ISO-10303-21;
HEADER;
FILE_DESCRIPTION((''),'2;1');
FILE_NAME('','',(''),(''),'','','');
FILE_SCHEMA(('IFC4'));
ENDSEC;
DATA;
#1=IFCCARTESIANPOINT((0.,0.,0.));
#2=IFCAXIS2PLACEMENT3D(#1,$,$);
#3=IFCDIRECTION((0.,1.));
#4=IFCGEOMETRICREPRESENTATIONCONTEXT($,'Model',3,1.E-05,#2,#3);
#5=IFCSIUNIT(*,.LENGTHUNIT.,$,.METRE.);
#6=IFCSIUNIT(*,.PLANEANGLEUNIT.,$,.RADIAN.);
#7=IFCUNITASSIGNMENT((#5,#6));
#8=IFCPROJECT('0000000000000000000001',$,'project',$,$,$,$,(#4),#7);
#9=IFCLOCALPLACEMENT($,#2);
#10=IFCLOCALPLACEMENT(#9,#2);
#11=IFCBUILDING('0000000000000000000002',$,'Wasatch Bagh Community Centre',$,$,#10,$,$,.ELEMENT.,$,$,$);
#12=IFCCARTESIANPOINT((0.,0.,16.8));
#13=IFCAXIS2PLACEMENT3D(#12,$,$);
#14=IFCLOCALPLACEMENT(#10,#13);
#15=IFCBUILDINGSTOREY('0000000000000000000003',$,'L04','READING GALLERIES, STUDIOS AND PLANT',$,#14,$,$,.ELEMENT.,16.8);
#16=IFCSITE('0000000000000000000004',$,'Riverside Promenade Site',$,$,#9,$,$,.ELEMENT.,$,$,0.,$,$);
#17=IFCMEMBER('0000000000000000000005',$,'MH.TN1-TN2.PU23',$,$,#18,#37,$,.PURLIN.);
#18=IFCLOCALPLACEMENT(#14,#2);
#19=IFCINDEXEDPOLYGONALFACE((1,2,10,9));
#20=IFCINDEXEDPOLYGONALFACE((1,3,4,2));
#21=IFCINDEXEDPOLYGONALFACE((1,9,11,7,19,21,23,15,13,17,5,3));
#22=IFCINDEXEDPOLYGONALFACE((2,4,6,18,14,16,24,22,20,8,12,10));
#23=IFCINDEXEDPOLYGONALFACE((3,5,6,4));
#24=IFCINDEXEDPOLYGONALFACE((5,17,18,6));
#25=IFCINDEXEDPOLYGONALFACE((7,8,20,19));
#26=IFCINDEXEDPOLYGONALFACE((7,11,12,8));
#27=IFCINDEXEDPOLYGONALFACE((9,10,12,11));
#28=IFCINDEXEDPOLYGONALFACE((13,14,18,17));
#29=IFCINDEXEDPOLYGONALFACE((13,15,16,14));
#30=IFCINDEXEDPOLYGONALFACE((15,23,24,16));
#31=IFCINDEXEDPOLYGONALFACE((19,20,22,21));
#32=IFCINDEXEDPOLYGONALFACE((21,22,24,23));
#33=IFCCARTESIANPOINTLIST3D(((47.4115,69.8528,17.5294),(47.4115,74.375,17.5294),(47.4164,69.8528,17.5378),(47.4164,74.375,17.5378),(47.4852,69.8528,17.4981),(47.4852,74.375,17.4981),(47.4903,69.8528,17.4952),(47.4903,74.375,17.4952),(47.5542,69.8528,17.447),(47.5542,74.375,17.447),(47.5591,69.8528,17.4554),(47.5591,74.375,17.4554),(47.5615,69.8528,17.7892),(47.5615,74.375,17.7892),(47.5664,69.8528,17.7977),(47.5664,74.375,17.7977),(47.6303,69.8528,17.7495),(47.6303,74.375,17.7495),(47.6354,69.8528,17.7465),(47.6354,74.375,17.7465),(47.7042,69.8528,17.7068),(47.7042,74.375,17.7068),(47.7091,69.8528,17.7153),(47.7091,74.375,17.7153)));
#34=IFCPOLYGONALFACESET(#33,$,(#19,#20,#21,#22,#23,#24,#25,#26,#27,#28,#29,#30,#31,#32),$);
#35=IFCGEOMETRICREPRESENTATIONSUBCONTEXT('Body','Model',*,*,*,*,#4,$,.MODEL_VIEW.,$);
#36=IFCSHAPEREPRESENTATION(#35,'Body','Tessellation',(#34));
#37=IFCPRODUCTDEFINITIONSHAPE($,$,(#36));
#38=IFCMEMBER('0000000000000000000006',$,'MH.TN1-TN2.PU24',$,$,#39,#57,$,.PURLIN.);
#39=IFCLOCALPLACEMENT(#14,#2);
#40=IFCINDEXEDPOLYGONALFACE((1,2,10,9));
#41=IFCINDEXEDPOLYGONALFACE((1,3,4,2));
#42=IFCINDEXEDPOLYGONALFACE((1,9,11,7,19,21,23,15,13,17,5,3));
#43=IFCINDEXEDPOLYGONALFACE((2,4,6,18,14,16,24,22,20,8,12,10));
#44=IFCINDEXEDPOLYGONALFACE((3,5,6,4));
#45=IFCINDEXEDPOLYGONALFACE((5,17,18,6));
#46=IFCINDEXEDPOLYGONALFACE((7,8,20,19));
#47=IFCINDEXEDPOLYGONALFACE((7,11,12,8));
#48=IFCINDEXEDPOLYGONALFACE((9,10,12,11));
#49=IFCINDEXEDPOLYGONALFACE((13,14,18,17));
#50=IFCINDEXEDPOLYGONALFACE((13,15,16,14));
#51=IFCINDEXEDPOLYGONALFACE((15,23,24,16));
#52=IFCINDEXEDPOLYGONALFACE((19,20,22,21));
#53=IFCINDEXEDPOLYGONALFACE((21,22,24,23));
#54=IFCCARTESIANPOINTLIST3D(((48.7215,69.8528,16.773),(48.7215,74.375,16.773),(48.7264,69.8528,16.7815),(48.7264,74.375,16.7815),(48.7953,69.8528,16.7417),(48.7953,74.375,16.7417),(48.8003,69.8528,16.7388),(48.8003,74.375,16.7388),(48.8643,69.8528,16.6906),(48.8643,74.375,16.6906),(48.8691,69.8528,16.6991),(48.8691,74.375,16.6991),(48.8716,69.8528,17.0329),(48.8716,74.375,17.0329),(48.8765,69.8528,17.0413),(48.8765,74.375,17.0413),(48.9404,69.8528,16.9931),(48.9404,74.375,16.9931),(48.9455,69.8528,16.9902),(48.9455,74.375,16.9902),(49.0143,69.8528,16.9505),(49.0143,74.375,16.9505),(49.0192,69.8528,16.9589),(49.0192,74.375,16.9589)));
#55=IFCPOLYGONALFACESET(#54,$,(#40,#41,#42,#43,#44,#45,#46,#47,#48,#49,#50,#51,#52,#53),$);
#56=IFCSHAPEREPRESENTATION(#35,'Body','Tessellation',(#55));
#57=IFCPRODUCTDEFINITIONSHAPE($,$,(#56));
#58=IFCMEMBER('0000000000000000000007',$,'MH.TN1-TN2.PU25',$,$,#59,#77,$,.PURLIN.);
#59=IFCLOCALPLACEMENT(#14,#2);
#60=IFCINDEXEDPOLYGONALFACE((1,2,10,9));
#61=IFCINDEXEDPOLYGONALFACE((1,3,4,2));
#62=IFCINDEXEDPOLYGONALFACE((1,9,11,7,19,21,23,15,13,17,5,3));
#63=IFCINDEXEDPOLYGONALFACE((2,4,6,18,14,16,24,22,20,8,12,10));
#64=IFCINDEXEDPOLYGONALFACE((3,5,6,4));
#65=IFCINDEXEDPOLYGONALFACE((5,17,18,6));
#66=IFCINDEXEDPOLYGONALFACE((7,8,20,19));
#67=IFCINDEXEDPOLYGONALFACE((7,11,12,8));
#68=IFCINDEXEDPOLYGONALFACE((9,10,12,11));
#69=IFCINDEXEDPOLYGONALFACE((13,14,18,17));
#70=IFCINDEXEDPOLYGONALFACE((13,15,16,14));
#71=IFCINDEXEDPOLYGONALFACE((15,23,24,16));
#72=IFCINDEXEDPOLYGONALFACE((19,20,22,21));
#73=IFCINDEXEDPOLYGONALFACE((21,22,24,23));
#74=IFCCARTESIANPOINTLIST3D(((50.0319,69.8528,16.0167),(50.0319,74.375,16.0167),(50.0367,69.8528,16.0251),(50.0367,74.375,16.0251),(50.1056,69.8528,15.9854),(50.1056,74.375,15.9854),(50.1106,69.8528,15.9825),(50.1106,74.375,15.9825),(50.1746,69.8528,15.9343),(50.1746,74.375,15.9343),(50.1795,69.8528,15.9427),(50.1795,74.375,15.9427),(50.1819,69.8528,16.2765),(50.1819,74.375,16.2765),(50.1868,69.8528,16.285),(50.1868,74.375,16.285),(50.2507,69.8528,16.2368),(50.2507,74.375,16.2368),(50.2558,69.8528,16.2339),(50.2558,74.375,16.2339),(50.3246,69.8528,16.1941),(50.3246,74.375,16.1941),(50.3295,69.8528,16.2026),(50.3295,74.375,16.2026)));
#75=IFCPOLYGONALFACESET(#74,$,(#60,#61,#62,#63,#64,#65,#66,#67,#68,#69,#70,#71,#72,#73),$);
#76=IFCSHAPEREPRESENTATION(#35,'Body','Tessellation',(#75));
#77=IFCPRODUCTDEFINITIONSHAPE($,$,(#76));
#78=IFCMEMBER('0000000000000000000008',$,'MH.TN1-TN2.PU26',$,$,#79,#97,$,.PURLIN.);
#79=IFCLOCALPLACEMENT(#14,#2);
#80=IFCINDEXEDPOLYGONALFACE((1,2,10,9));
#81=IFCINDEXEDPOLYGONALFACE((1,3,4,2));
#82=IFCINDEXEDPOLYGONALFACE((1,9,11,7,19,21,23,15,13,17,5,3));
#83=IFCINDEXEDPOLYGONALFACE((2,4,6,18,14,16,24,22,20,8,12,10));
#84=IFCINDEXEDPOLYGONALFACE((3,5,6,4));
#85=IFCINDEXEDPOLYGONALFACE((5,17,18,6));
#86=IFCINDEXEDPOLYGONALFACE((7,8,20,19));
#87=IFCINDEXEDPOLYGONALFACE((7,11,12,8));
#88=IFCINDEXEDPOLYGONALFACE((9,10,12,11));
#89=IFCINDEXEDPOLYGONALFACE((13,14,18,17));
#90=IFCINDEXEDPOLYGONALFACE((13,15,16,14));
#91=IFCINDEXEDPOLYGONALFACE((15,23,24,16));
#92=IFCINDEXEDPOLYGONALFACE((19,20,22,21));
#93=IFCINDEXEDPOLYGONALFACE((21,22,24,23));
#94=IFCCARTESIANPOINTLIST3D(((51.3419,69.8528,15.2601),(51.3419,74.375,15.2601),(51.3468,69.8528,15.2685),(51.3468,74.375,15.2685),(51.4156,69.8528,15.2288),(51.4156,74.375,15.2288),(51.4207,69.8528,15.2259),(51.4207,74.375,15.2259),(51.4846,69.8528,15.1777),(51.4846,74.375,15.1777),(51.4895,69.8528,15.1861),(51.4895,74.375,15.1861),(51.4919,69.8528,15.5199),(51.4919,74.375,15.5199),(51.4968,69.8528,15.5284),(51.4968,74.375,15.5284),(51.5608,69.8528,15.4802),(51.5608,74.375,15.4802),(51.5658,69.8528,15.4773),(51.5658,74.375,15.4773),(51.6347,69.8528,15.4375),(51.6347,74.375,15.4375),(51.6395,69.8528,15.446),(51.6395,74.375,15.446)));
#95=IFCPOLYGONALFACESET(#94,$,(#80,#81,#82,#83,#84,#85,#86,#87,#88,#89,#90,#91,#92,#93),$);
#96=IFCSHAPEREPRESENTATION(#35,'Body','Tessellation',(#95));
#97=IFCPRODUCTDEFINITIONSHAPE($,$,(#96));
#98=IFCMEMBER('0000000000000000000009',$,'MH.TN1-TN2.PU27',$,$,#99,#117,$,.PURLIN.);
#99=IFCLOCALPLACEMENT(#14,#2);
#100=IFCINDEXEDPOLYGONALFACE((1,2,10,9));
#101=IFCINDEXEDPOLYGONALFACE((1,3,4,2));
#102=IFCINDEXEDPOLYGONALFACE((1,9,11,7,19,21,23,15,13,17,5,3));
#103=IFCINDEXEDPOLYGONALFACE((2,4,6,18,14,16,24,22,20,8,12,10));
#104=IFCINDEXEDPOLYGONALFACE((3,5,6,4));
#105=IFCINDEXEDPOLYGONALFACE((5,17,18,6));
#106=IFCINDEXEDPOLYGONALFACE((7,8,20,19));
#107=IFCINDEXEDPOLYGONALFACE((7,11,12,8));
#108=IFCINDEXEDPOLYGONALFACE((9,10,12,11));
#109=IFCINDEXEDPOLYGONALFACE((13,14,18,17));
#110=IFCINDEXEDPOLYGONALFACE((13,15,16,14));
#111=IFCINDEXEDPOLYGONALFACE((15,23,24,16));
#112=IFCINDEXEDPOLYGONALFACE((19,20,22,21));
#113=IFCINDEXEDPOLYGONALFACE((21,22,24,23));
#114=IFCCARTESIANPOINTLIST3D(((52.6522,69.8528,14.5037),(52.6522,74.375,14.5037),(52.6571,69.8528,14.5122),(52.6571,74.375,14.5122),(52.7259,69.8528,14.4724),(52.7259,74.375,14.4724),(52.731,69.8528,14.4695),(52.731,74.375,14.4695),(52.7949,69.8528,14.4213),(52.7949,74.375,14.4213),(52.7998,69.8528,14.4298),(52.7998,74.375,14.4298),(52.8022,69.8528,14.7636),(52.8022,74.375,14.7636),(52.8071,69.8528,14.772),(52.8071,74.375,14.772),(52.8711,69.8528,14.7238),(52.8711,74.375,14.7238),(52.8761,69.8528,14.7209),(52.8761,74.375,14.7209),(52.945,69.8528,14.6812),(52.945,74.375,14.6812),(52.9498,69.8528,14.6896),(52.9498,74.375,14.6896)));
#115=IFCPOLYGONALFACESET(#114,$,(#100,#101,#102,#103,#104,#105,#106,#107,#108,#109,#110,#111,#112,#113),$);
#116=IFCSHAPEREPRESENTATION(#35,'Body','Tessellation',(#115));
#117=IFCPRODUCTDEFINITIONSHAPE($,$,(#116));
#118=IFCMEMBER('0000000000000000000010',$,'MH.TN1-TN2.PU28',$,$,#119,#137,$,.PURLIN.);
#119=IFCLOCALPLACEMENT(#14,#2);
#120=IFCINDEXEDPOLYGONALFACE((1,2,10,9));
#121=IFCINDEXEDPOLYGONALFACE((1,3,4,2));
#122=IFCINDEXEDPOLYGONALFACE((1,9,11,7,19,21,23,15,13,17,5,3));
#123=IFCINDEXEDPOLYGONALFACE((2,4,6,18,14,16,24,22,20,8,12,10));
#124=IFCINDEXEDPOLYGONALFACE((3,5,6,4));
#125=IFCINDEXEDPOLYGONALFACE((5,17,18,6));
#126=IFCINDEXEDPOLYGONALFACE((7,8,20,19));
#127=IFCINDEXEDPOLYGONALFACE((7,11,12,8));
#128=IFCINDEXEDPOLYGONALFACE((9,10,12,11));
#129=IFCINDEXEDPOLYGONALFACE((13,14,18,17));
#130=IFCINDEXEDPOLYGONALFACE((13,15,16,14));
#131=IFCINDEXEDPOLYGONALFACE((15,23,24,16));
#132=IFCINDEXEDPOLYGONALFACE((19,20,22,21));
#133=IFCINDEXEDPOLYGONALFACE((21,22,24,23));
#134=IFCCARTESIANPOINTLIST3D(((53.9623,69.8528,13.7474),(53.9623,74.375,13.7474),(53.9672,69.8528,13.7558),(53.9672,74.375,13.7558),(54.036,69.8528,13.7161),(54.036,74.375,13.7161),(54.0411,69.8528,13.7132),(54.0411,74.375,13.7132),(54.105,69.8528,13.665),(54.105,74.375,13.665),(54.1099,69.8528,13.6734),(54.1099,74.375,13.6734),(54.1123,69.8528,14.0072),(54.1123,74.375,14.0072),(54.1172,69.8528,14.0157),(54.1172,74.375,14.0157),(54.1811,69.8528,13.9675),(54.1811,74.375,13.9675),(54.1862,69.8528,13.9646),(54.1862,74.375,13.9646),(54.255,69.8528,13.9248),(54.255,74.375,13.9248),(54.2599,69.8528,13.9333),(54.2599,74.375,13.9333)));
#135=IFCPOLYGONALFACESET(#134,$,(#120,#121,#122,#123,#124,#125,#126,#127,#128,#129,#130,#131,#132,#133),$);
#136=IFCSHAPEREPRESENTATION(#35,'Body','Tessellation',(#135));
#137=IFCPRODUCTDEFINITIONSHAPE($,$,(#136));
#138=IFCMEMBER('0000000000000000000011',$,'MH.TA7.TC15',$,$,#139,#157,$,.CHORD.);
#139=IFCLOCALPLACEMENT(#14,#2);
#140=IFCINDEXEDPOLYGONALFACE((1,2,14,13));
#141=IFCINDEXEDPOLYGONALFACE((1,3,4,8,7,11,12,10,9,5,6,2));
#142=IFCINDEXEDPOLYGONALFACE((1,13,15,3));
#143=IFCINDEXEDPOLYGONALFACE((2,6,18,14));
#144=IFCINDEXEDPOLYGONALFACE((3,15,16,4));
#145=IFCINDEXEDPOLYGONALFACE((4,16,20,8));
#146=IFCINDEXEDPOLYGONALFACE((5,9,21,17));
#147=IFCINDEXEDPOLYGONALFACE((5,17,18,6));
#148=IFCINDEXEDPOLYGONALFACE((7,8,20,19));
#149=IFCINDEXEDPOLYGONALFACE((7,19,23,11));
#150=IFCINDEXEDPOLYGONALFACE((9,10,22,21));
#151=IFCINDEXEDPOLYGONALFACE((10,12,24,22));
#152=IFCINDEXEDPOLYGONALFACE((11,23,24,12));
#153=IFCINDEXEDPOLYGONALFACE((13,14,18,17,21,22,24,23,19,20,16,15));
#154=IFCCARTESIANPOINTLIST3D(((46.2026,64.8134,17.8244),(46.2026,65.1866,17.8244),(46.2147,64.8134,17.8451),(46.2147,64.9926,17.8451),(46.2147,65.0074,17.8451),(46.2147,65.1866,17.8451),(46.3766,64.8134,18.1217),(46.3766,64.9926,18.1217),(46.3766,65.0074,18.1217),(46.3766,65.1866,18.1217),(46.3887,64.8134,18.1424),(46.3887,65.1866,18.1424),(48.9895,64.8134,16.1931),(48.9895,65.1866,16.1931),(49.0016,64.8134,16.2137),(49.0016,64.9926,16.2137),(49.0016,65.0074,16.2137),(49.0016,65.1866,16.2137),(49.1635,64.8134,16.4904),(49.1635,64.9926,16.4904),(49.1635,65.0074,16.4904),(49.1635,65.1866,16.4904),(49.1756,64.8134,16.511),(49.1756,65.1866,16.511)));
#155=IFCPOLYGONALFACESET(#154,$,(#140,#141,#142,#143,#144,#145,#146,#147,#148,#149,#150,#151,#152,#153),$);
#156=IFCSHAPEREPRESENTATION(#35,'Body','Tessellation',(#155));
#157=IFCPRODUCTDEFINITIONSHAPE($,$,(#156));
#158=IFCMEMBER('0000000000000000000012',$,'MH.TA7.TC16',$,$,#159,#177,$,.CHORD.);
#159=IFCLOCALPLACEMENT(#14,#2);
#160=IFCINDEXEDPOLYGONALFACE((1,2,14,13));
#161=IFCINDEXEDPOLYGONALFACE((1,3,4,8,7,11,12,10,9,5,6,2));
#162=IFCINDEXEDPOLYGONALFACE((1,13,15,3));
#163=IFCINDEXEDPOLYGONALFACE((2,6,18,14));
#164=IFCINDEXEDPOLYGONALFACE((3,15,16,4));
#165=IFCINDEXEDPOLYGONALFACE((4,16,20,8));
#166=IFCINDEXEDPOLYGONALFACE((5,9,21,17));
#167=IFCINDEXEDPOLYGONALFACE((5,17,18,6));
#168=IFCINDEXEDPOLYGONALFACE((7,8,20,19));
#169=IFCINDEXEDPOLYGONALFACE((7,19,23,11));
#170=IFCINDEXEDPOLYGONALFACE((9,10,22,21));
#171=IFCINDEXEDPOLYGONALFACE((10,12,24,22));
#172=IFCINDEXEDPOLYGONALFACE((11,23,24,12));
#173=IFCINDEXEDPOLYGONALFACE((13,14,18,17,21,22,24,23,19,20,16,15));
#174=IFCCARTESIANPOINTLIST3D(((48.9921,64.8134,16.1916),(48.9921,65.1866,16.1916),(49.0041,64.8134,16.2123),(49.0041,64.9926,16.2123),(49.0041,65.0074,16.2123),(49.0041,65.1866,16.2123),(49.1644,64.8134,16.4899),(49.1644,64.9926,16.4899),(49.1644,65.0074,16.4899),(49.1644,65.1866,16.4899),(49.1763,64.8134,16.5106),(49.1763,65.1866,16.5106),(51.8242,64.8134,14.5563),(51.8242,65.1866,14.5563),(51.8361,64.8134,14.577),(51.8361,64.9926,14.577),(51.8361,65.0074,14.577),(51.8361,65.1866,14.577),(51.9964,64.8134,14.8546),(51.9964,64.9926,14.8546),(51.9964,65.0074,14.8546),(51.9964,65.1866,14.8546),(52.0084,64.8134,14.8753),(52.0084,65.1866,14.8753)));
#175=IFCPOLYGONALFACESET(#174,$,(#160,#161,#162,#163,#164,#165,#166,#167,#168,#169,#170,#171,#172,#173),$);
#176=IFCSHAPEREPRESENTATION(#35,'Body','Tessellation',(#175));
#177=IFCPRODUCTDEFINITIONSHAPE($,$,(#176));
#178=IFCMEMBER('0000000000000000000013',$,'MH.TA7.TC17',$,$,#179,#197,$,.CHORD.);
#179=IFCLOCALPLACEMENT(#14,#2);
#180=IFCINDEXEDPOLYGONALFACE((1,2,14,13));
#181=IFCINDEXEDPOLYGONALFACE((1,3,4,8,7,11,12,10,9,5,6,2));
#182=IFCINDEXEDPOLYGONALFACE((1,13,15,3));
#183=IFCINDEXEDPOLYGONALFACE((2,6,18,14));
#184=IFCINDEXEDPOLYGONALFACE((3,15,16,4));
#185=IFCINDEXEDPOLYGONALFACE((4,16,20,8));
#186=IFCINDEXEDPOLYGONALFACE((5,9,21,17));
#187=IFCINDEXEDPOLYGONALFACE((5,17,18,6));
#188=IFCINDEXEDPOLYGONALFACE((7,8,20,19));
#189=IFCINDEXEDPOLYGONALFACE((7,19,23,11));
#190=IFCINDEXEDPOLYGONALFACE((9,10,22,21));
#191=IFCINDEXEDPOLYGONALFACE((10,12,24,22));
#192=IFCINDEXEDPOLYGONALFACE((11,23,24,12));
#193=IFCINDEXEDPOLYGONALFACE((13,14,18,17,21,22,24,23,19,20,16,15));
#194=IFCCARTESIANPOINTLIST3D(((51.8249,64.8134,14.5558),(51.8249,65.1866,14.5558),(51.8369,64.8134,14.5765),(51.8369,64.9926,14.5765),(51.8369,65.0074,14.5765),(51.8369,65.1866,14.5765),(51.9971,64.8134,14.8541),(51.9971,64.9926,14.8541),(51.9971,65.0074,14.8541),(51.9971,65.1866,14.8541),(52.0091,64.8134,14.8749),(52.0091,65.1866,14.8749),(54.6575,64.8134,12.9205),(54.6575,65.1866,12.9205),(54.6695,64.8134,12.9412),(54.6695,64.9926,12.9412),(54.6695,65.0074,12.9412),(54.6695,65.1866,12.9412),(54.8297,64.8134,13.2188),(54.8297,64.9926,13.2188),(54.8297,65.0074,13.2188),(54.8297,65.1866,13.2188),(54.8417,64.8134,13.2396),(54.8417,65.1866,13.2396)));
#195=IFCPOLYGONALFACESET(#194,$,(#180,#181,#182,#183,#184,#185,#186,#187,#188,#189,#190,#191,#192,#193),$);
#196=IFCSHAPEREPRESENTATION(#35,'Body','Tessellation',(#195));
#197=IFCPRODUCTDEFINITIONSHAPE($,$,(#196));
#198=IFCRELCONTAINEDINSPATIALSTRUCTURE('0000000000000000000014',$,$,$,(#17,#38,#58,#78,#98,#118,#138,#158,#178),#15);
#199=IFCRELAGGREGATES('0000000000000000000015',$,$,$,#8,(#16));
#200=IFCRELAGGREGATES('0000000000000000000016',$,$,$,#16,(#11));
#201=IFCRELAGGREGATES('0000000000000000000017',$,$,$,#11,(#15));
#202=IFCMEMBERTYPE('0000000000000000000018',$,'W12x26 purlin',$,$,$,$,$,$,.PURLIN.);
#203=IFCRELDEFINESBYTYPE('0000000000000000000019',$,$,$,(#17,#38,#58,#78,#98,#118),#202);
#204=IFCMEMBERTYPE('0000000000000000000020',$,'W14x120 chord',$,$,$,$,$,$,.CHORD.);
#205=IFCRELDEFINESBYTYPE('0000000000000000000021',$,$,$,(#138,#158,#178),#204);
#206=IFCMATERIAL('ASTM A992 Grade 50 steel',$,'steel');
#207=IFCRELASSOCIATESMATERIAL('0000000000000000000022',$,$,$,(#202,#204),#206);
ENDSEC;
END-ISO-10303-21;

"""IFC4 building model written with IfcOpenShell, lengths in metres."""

from ifc_helpers import new_model, si_unit, direction, frame, origin, origin_2d, place, context, subcontext, project, spatial, i_section, extrude, material, material_profile, profile_set, type_object, element, save


model = new_model("IFC4")

# Units and contexts
model_context = context("Model", 3, precision=1e-05, world=origin(), true_north=direction((0.0, 1.0)))
body_context = subcontext(model_context, "Body", "Model", "MODEL_VIEW")
ifc_project = project(units=[si_unit("LENGTHUNIT", "METRE"), si_unit("PLANEANGLEUNIT", "RADIAN")], contexts=[model_context])

# Site, building, storey
site_placement = place(None, origin())
site = spatial("IfcSite", under=ifc_project, at=site_placement, Name="Riverside Promenade Site", CompositionType="ELEMENT", RefElevation=0.0)
building_placement = place(site_placement, origin())
building = spatial("IfcBuilding", under=site, at=building_placement, Name="Wasatch Bagh Community Centre", CompositionType="ELEMENT")
storey_placement = place(building_placement, frame((0.0, 0.0, 16.8)))
storey = spatial("IfcBuildingStorey", under=building, at=storey_placement, Name="L04", Description="READING GALLERIES, STUDIOS AND PLANT", CompositionType="ELEMENT", Elevation=16.8)

# Members
ifc_material_1 = material(Name="ASTM A992 Grade 50 steel", Category="steel")
ifc_material_profile_1 = material_profile(ifc_material_1, i_section(OverallWidth=0.1648, OverallDepth=0.3098, WebThickness=0.0059, FlangeThickness=0.0098, at=origin_2d()), Name="W12x26")
ifc_profile_set_1 = profile_set([ifc_material_profile_1], Name="ASTM A992 Grade 50 steel")
member_type_1 = type_object("IfcMemberType", Name="W12x26 purlin", PredefinedType="PURLIN", material=ifc_profile_set_1)
for number, where, z_axis, x_axis, name in (
    (1, (47.5603, 69.8528, 17.6223), (0.0, 1.0, 0.0), (-0.866025, 0.0, 0.5), "MH.TN1-TN2.PU23"),
    (2, (48.8704, 69.8528, 16.866), (0.0, 1.0, 0.0), (-0.866025, 0.0, 0.5), "MH.TN1-TN2.PU24"),
    (3, (50.1807, 69.8528, 16.1096), (0.0, 1.0, 0.0), (-0.866025, 0.0, 0.5), "MH.TN1-TN2.PU25"),
    (4, (51.4907, 69.8528, 15.353), (0.0, 1.0, 0.0), (-0.866025, 0.0, 0.5), "MH.TN1-TN2.PU26"),
    (5, (52.801, 69.8528, 14.5967), (0.0, 1.0, 0.0), (-0.866025, 0.0, 0.5), "MH.TN1-TN2.PU27"),
    (6, (54.1111, 69.8528, 13.8403), (0.0, 1.0, 0.0), (-0.866025, 0.0, 0.5), "MH.TN1-TN2.PU28"),
):
    element("IfcMember", number, at=place(storey_placement, frame(where, z_axis=z_axis, x_axis=x_axis)), inside=storey, type_object=member_type_1, Name=name, PredefinedType="PURLIN", context=body_context, shape_type="SweptSolid", body=[
        extrude(i_section(OverallWidth=0.1648, OverallDepth=0.3098, WebThickness=0.0059, FlangeThickness=0.0098, at=origin_2d()), origin(), (0.0, 0.0, 1.0), 4.5222),
    ])
ifc_material_profile_2 = material_profile(ifc_material_1, i_section(OverallWidth=0.3733, OverallDepth=0.3684, WebThickness=0.0149, FlangeThickness=0.0239, at=origin_2d()), Name="W14x120")
ifc_profile_set_2 = profile_set([ifc_material_profile_2], Name="ASTM A992 Grade 50 steel")
member_type_2 = type_object("IfcMemberType", Name="W14x120 chord", PredefinedType="CHORD", material=ifc_profile_set_2)
member_1_placement = place(storey_placement, frame((46.2957, 65.0, 17.9834), z_axis=(0.863013, 0.0, -0.505182), x_axis=(0.0, 1.0, 0.0)))
element("IfcMember", 7, at=member_1_placement, inside=storey, type_object=member_type_2, Name="MH.TA7.TC15", PredefinedType="CHORD", context=body_context, shape_type="SweptSolid", body=[
    extrude(i_section(OverallWidth=0.3733, OverallDepth=0.3684, WebThickness=0.0149, FlangeThickness=0.0239, at=origin_2d()), origin(), (0.0, 0.0, 1.0), 3.2292),
])
member_2_placement = place(storey_placement, frame((49.0842, 65.0, 16.3511), z_axis=(0.866002, 0.0, -0.500041), x_axis=(0.0, 1.0, 0.0)))
element("IfcMember", 8, at=member_2_placement, inside=storey, type_object=member_type_2, Name="MH.TA7.TC16", PredefinedType="CHORD", context=body_context, shape_type="SweptSolid", body=[
    extrude(i_section(OverallWidth=0.3733, OverallDepth=0.3684, WebThickness=0.0149, FlangeThickness=0.0239, at=origin_2d()), origin(), (0.0, 0.0, 1.0), 3.2703),
])
member_3_placement = place(storey_placement, frame((51.917, 65.0, 14.7153), z_axis=(0.866039, 0.0, -0.499977), x_axis=(0.0, 1.0, 0.0)))
element("IfcMember", 9, at=member_3_placement, inside=storey, type_object=member_type_2, Name="MH.TA7.TC17", PredefinedType="CHORD", context=body_context, shape_type="SweptSolid", body=[
    extrude(i_section(OverallWidth=0.3733, OverallDepth=0.3684, WebThickness=0.0149, FlangeThickness=0.0239, at=origin_2d()), origin(), (0.0, 0.0, 1.0), 3.2708),
])

save(model, "model.ifc")
